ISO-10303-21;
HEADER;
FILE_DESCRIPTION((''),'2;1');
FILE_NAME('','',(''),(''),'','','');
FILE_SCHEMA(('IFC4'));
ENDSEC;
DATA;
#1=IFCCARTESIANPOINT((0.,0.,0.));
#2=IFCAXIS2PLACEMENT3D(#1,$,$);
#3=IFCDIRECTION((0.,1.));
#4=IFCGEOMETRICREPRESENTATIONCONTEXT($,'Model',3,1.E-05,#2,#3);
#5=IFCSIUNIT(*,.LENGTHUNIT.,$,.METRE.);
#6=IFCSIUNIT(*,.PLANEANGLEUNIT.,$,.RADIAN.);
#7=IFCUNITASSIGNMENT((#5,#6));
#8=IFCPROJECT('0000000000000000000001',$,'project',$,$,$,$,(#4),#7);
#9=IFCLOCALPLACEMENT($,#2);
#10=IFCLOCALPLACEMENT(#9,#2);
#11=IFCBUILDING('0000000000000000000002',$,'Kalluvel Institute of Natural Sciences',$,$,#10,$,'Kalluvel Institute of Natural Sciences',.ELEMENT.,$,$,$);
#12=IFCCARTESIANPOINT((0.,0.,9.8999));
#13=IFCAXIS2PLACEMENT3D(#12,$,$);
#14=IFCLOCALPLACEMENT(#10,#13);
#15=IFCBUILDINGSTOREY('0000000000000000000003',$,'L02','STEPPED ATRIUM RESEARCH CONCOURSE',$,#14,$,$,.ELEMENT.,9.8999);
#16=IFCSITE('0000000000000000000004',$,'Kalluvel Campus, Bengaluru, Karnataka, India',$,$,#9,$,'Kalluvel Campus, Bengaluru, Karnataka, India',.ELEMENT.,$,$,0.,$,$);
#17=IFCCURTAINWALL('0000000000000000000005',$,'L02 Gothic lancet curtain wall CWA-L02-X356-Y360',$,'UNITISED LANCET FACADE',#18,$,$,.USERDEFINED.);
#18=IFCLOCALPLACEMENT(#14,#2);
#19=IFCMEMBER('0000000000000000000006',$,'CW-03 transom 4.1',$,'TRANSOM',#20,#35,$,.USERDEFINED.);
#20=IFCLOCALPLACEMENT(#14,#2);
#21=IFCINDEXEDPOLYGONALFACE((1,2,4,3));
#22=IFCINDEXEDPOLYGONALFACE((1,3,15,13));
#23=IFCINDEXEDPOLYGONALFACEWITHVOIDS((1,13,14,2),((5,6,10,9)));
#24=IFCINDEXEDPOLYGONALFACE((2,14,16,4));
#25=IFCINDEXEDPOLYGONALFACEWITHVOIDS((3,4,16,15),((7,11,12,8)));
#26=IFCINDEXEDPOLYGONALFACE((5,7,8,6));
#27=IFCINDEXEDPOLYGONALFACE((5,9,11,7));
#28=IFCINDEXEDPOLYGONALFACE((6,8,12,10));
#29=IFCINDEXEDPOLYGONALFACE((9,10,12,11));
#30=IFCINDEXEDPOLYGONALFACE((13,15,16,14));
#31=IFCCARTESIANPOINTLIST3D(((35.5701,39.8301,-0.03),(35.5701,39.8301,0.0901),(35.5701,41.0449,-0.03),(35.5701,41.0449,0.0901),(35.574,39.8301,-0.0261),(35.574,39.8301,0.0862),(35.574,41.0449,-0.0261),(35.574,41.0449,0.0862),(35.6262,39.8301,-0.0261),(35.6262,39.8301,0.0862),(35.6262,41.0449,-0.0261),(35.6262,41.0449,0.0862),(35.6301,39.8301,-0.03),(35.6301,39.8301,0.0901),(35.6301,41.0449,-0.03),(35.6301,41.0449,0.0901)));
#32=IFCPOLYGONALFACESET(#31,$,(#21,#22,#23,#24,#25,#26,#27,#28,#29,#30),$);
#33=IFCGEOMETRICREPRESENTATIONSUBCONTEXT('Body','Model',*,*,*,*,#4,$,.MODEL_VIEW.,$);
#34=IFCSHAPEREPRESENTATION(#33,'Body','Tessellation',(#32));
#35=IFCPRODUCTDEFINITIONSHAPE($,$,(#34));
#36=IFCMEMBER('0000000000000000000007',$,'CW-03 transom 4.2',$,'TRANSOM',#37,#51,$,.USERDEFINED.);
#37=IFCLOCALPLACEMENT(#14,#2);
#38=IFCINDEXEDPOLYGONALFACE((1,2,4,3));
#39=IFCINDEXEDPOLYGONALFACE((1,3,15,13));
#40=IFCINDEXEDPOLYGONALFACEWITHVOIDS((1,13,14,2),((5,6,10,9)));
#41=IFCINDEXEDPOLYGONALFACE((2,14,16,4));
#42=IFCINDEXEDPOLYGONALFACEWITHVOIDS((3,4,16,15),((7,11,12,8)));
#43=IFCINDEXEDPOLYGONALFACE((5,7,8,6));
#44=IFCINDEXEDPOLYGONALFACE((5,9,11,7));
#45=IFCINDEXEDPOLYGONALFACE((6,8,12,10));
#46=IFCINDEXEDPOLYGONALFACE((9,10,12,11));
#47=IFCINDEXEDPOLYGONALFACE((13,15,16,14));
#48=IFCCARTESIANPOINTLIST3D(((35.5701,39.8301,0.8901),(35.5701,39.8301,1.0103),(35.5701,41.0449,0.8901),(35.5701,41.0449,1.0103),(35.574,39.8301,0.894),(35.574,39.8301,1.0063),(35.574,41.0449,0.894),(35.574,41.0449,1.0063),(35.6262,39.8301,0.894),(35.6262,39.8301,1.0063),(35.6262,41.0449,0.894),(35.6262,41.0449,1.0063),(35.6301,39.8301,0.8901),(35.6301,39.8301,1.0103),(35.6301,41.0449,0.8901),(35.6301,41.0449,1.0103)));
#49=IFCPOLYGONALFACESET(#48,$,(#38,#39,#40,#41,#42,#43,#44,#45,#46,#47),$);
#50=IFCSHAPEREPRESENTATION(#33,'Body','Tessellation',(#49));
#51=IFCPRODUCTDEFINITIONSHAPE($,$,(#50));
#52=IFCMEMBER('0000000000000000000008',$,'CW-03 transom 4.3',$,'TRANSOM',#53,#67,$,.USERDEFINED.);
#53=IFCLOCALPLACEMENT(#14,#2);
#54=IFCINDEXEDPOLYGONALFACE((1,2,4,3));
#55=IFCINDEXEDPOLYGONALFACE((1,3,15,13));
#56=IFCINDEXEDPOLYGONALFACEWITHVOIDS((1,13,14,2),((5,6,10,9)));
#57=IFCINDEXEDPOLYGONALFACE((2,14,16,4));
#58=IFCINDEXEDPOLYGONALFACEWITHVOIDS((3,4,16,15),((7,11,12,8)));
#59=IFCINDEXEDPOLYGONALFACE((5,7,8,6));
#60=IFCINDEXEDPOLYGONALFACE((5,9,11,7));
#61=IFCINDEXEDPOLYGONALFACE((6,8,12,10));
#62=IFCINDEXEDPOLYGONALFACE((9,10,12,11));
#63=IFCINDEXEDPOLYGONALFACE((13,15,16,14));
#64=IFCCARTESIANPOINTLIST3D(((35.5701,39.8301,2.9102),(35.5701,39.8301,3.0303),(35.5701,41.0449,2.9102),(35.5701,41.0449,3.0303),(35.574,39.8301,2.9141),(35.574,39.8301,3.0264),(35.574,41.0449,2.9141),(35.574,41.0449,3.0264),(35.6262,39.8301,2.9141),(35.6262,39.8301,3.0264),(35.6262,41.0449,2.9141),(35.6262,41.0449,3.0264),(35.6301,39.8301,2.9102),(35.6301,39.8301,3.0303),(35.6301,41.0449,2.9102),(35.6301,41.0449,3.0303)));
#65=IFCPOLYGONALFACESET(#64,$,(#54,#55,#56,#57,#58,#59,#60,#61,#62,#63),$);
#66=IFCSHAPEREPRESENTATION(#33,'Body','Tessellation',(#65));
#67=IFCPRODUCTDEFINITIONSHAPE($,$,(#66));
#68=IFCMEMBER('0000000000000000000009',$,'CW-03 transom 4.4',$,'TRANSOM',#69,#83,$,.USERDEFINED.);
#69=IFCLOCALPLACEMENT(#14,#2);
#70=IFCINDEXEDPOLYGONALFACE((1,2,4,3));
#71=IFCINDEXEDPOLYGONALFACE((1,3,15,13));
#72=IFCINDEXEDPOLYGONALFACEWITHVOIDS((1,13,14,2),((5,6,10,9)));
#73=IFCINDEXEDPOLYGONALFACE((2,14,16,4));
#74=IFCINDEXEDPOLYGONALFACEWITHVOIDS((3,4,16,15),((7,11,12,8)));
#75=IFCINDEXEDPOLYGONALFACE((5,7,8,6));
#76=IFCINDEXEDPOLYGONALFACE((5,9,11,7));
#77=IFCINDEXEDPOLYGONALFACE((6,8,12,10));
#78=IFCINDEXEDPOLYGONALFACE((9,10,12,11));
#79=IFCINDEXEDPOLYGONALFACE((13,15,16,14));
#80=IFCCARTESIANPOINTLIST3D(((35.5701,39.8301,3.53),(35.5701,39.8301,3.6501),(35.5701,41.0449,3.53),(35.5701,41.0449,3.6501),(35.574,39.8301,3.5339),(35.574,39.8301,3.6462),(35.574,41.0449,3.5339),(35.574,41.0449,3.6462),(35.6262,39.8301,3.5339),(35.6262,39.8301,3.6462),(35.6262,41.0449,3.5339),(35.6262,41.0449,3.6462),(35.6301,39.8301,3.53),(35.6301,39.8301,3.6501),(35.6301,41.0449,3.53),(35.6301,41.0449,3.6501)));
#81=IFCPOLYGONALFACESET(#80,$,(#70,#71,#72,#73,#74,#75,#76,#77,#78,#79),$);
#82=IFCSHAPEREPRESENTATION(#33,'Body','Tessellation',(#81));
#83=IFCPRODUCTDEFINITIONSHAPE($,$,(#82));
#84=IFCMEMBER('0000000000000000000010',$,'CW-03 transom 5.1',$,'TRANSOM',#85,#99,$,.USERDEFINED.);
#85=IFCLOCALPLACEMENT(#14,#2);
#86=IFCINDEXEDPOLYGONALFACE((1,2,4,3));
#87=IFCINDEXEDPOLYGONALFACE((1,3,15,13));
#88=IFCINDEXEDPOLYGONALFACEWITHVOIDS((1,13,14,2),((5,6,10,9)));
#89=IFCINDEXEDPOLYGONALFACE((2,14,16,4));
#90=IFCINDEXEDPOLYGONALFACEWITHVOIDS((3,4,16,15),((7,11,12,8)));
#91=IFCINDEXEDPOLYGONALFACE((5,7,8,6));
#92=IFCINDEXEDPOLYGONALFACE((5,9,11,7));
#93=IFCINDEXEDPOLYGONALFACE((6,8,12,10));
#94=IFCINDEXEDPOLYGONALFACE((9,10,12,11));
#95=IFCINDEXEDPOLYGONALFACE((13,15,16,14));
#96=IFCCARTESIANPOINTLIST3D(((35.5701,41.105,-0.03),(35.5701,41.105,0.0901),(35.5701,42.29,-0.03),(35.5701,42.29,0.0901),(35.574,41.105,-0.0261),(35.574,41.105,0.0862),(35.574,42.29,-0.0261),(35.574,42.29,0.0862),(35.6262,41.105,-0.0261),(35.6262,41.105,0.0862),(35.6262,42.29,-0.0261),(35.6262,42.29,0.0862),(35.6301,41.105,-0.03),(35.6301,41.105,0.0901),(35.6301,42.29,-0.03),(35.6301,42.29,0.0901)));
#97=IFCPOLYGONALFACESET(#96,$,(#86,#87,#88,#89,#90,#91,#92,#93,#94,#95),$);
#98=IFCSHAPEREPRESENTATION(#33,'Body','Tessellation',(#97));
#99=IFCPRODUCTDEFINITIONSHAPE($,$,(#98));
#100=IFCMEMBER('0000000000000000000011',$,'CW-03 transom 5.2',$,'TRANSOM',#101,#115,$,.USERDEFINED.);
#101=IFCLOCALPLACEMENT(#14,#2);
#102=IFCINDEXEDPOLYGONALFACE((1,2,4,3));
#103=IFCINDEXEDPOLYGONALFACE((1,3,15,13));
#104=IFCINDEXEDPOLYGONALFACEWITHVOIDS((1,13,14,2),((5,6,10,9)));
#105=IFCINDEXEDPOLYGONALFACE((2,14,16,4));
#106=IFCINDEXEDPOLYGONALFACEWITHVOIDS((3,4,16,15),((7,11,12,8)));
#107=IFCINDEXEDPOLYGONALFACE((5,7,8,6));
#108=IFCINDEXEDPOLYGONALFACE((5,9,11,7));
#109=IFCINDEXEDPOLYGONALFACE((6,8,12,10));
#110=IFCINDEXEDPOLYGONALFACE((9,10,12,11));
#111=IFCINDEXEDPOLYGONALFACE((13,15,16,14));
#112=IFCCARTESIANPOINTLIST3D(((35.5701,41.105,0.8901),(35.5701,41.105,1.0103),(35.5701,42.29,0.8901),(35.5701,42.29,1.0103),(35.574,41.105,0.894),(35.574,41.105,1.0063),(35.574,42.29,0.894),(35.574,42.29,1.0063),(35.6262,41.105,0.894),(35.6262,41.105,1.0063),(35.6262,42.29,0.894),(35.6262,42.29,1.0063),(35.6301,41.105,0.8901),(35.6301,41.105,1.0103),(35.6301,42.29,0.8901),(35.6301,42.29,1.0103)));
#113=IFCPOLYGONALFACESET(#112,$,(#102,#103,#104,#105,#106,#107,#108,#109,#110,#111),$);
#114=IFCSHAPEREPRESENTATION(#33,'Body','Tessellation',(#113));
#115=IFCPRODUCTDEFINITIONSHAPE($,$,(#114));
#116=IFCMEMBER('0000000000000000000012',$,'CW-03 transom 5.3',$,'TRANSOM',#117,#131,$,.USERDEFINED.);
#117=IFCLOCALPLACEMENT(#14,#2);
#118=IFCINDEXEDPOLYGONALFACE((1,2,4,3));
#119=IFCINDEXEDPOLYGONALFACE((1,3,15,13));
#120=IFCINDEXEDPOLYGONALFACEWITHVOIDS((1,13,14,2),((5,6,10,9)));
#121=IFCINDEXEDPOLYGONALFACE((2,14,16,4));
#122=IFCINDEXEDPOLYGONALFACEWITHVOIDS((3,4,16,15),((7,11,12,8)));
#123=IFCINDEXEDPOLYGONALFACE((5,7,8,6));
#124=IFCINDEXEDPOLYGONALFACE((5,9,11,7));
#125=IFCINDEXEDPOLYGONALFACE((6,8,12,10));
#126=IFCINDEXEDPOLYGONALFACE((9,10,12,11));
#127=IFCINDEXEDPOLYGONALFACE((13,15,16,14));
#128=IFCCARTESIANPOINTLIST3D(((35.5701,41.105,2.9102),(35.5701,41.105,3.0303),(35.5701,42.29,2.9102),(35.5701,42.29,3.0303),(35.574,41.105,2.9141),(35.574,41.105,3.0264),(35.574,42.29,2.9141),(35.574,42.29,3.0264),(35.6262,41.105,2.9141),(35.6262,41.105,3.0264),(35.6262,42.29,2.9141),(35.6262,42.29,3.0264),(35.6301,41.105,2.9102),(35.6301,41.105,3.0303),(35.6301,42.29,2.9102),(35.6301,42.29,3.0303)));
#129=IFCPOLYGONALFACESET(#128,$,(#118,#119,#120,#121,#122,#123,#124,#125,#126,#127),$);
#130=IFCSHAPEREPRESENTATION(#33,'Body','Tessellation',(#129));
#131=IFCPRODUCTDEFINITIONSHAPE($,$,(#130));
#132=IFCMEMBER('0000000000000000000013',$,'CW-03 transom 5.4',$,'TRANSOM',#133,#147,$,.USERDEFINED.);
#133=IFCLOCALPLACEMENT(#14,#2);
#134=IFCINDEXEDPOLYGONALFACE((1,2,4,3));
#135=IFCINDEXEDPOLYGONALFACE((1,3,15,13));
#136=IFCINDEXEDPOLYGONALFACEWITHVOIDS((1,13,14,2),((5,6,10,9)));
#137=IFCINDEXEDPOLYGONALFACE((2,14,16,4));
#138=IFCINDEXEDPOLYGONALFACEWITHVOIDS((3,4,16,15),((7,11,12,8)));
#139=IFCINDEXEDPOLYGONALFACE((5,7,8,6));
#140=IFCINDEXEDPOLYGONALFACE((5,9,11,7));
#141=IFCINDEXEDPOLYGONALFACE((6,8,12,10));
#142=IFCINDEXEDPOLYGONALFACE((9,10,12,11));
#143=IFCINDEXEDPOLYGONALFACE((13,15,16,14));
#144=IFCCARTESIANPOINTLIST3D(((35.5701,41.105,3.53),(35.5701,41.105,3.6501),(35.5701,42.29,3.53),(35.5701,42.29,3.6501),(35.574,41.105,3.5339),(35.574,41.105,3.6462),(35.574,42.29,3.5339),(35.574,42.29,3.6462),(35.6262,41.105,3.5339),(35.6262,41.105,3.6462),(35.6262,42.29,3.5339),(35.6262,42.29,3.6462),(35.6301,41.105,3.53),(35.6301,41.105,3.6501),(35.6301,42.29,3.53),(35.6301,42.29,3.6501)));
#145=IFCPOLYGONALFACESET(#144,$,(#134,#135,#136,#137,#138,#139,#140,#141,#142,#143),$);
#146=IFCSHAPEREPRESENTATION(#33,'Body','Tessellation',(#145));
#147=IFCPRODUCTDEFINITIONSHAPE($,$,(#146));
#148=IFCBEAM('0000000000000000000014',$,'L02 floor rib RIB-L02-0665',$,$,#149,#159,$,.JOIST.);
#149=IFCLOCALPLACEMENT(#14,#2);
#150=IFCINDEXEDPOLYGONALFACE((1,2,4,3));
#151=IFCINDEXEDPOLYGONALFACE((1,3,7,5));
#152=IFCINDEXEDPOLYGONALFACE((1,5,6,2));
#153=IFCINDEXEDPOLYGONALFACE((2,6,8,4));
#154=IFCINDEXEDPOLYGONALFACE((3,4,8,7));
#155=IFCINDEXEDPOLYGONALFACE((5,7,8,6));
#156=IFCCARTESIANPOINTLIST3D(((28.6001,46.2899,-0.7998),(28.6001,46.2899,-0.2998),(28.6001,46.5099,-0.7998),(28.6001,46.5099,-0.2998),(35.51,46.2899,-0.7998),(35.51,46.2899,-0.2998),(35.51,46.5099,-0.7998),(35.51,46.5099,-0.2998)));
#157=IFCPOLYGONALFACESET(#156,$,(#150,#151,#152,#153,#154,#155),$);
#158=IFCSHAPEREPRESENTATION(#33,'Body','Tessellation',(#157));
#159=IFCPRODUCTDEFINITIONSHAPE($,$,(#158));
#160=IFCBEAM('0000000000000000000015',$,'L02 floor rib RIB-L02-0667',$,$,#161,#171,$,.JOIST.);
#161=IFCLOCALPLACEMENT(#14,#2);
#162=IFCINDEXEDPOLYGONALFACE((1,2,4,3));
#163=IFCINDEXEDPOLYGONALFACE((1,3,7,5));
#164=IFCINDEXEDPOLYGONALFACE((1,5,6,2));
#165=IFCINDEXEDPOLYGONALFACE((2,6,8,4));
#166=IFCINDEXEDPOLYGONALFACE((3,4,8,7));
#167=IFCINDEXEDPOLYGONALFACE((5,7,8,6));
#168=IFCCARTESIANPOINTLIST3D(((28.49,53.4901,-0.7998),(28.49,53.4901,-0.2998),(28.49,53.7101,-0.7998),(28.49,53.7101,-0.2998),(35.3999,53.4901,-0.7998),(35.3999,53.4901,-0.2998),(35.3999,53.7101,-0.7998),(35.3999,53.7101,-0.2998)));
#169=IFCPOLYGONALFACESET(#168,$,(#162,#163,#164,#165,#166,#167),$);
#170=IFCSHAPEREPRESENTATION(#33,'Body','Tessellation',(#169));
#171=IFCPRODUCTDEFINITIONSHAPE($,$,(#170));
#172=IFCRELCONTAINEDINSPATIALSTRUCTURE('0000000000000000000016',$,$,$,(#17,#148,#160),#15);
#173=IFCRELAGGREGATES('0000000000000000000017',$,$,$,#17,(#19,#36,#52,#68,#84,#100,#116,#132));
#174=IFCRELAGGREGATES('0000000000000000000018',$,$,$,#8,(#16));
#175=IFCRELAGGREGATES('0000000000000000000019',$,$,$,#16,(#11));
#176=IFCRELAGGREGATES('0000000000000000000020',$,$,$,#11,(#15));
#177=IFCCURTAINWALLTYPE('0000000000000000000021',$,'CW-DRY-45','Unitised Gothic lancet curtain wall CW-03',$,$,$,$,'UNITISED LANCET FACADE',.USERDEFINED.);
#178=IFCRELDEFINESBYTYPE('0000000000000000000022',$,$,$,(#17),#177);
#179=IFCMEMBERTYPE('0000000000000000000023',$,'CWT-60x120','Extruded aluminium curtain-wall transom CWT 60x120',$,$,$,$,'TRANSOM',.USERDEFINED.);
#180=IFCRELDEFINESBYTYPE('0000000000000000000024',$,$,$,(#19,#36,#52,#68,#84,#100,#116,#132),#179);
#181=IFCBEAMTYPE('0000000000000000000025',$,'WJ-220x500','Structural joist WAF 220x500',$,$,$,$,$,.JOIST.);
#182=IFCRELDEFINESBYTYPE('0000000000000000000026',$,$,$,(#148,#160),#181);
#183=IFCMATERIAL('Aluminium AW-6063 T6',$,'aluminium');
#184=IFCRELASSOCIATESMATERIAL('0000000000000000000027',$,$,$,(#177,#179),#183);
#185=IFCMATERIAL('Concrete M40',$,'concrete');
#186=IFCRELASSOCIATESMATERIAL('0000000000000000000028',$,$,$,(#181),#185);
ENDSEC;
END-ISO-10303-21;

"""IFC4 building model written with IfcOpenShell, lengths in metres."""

from ifc_helpers import new_model, si_unit, direction, frame, origin, origin_2d, place, context, subcontext, project, spatial, rectangle, hollow_rectangle, extrude, material, material_profile, profile_set, type_object, element, aggregate, save


model = new_model("IFC4")

# Units and contexts
model_context = context("Model", 3, precision=1e-05, world=origin(), true_north=direction((0.0, 1.0)))
body_context = subcontext(model_context, "Body", "Model", "MODEL_VIEW")
ifc_project = project(units=[si_unit("LENGTHUNIT", "METRE"), si_unit("PLANEANGLEUNIT", "RADIAN")], contexts=[model_context])

# Site, building, storey
site_placement = place(None, origin())
site = spatial("IfcSite", under=ifc_project, at=site_placement, Name="Kalluvel Campus, Bengaluru, Karnataka, India", LongName="Kalluvel Campus, Bengaluru, Karnataka, India", CompositionType="ELEMENT", RefElevation=0.0)
building_placement = place(site_placement, origin())
building = spatial("IfcBuilding", under=site, at=building_placement, Name="Kalluvel Institute of Natural Sciences", LongName="Kalluvel Institute of Natural Sciences", CompositionType="ELEMENT")
storey_placement = place(building_placement, frame((0.0, 0.0, 9.8999)))
storey = spatial("IfcBuildingStorey", under=building, at=storey_placement, Name="L02", Description="STEPPED ATRIUM RESEARCH CONCOURSE", CompositionType="ELEMENT", Elevation=9.8999)

# Shared definitions
ifc_material_1 = material(Name="Concrete M40", Category="concrete")

# Curtain wall, members
ifc_material_2 = material(Name="Aluminium AW-6063 T6", Category="aluminium")
curtain_wall_type = type_object("IfcCurtainWallType", Name="CW-DRY-45", Description="Unitised Gothic lancet curtain wall CW-03", ElementType="UNITISED LANCET FACADE", PredefinedType="USERDEFINED", material=ifc_material_2)
curtain_wall_placement = place(storey_placement, origin())
curtain_wall = element("IfcCurtainWall", 1, at=curtain_wall_placement, inside=storey, type_object=curtain_wall_type, Name="L02 Gothic lancet curtain wall CWA-L02-X356-Y360", ObjectType="UNITISED LANCET FACADE", PredefinedType="USERDEFINED")
ifc_material_profile_1 = material_profile(ifc_material_2, hollow_rectangle(XDim=0.0601, YDim=0.1201, WallThickness=0.0039, at=origin_2d()), Name="CWT 60x120")
ifc_profile_set_1 = profile_set([ifc_material_profile_1], Name="Aluminium AW-6063 T6")
member_type_1 = type_object("IfcMemberType", Name="CWT-60x120", Description="Extruded aluminium curtain-wall transom CWT 60x120", ElementType="TRANSOM", PredefinedType="USERDEFINED", material=ifc_profile_set_1)
member_1_placement = place(storey_placement, frame((35.6001, 39.8301, 0.03), z_axis=(0.0, 1.0, 0.0), x_axis=(-1.0, 0.0, 0.0)))
member_1 = element("IfcMember", 2, at=member_1_placement, type_object=member_type_1, Name="CW-03 transom 4.1", ObjectType="TRANSOM", PredefinedType="USERDEFINED", context=body_context, shape_type="SweptSolid", body=[
    extrude(hollow_rectangle(XDim=0.0601, YDim=0.1201, WallThickness=0.0039, at=origin_2d()), origin(), (0.0, 0.0, 1.0), 1.2148),
])
member_2_placement = place(storey_placement, frame((35.6001, 39.8301, 0.9502), z_axis=(0.0, 1.0, 0.0), x_axis=(-1.0, 0.0, 0.0)))
member_2 = element("IfcMember", 3, at=member_2_placement, type_object=member_type_1, Name="CW-03 transom 4.2", ObjectType="TRANSOM", PredefinedType="USERDEFINED", context=body_context, shape_type="SweptSolid", body=[
    extrude(hollow_rectangle(XDim=0.0601, YDim=0.1201, WallThickness=0.0039, at=origin_2d()), origin(), (0.0, 0.0, 1.0), 1.2148),
])
member_3_placement = place(storey_placement, frame((35.6001, 39.8301, 2.9702), z_axis=(0.0, 1.0, 0.0), x_axis=(-1.0, 0.0, 0.0)))
member_3 = element("IfcMember", 4, at=member_3_placement, type_object=member_type_1, Name="CW-03 transom 4.3", ObjectType="TRANSOM", PredefinedType="USERDEFINED", context=body_context, shape_type="SweptSolid", body=[
    extrude(hollow_rectangle(XDim=0.0601, YDim=0.1201, WallThickness=0.0039, at=origin_2d()), origin(), (0.0, 0.0, 1.0), 1.2148),
])
member_4_placement = place(storey_placement, frame((35.6001, 39.8301, 3.5901), z_axis=(0.0, 1.0, 0.0), x_axis=(-1.0, 0.0, 0.0)))
member_4 = element("IfcMember", 5, at=member_4_placement, type_object=member_type_1, Name="CW-03 transom 4.4", ObjectType="TRANSOM", PredefinedType="USERDEFINED", context=body_context, shape_type="SweptSolid", body=[
    extrude(hollow_rectangle(XDim=0.0601, YDim=0.1201, WallThickness=0.0039, at=origin_2d()), origin(), (0.0, 0.0, 1.0), 1.2148),
])
member_5_placement = place(storey_placement, frame((35.6001, 41.105, 0.03), z_axis=(0.0, 1.0, 0.0), x_axis=(-1.0, 0.0, 0.0)))
member_5 = element("IfcMember", 6, at=member_5_placement, type_object=member_type_1, Name="CW-03 transom 5.1", ObjectType="TRANSOM", PredefinedType="USERDEFINED", context=body_context, shape_type="SweptSolid", body=[
    extrude(hollow_rectangle(XDim=0.0601, YDim=0.1201, WallThickness=0.0039, at=origin_2d()), origin(), (0.0, 0.0, 1.0), 1.1851),
])
member_6_placement = place(storey_placement, frame((35.6001, 41.105, 0.9502), z_axis=(0.0, 1.0, 0.0), x_axis=(-1.0, 0.0, 0.0)))
member_6 = element("IfcMember", 7, at=member_6_placement, type_object=member_type_1, Name="CW-03 transom 5.2", ObjectType="TRANSOM", PredefinedType="USERDEFINED", context=body_context, shape_type="SweptSolid", body=[
    extrude(hollow_rectangle(XDim=0.0601, YDim=0.1201, WallThickness=0.0039, at=origin_2d()), origin(), (0.0, 0.0, 1.0), 1.1851),
])
member_7_placement = place(storey_placement, frame((35.6001, 41.105, 2.9702), z_axis=(0.0, 1.0, 0.0), x_axis=(-1.0, 0.0, 0.0)))
member_7 = element("IfcMember", 8, at=member_7_placement, type_object=member_type_1, Name="CW-03 transom 5.3", ObjectType="TRANSOM", PredefinedType="USERDEFINED", context=body_context, shape_type="SweptSolid", body=[
    extrude(hollow_rectangle(XDim=0.0601, YDim=0.1201, WallThickness=0.0039, at=origin_2d()), origin(), (0.0, 0.0, 1.0), 1.1851),
])
member_8_placement = place(storey_placement, frame((35.6001, 41.105, 3.5901), z_axis=(0.0, 1.0, 0.0), x_axis=(-1.0, 0.0, 0.0)))
member_8 = element("IfcMember", 9, at=member_8_placement, type_object=member_type_1, Name="CW-03 transom 5.4", ObjectType="TRANSOM", PredefinedType="USERDEFINED", context=body_context, shape_type="SweptSolid", body=[
    extrude(hollow_rectangle(XDim=0.0601, YDim=0.1201, WallThickness=0.0039, at=origin_2d()), origin(), (0.0, 0.0, 1.0), 1.1851),
])

# Beams
ifc_material_profile_2 = material_profile(ifc_material_1, rectangle(XDim=0.22, YDim=0.5, at=origin_2d()), Name="WAF 220x500")
ifc_profile_set_2 = profile_set([ifc_material_profile_2], Name="Concrete M40")
beam_type_1 = type_object("IfcBeamType", Name="WJ-220x500", Description="Structural joist WAF 220x500", PredefinedType="JOIST", material=ifc_profile_set_2)
for number, where, z_axis, x_axis, name in (
    (10, (28.6001, 46.3999, -0.5498), (1.0, 0.0, 0.0), (0.0, 1.0, 0.0), "L02 floor rib RIB-L02-0665"),
    (11, (28.49, 53.6001, -0.5498), (1.0, 0.0, 0.0), (0.0, 1.0, 0.0), "L02 floor rib RIB-L02-0667"),
):
    element("IfcBeam", number, at=place(storey_placement, frame(where, z_axis=z_axis, x_axis=x_axis)), inside=storey, type_object=beam_type_1, Name=name, PredefinedType="JOIST", context=body_context, shape_type="SweptSolid", body=[
        extrude(rectangle(XDim=0.22, YDim=0.5, at=origin_2d()), origin(), (0.0, 0.0, 1.0), 6.9099),
    ])

aggregate(curtain_wall, [member_1, member_2, member_3, member_4, member_5, member_6, member_7, member_8])

save(model, "model.ifc")
